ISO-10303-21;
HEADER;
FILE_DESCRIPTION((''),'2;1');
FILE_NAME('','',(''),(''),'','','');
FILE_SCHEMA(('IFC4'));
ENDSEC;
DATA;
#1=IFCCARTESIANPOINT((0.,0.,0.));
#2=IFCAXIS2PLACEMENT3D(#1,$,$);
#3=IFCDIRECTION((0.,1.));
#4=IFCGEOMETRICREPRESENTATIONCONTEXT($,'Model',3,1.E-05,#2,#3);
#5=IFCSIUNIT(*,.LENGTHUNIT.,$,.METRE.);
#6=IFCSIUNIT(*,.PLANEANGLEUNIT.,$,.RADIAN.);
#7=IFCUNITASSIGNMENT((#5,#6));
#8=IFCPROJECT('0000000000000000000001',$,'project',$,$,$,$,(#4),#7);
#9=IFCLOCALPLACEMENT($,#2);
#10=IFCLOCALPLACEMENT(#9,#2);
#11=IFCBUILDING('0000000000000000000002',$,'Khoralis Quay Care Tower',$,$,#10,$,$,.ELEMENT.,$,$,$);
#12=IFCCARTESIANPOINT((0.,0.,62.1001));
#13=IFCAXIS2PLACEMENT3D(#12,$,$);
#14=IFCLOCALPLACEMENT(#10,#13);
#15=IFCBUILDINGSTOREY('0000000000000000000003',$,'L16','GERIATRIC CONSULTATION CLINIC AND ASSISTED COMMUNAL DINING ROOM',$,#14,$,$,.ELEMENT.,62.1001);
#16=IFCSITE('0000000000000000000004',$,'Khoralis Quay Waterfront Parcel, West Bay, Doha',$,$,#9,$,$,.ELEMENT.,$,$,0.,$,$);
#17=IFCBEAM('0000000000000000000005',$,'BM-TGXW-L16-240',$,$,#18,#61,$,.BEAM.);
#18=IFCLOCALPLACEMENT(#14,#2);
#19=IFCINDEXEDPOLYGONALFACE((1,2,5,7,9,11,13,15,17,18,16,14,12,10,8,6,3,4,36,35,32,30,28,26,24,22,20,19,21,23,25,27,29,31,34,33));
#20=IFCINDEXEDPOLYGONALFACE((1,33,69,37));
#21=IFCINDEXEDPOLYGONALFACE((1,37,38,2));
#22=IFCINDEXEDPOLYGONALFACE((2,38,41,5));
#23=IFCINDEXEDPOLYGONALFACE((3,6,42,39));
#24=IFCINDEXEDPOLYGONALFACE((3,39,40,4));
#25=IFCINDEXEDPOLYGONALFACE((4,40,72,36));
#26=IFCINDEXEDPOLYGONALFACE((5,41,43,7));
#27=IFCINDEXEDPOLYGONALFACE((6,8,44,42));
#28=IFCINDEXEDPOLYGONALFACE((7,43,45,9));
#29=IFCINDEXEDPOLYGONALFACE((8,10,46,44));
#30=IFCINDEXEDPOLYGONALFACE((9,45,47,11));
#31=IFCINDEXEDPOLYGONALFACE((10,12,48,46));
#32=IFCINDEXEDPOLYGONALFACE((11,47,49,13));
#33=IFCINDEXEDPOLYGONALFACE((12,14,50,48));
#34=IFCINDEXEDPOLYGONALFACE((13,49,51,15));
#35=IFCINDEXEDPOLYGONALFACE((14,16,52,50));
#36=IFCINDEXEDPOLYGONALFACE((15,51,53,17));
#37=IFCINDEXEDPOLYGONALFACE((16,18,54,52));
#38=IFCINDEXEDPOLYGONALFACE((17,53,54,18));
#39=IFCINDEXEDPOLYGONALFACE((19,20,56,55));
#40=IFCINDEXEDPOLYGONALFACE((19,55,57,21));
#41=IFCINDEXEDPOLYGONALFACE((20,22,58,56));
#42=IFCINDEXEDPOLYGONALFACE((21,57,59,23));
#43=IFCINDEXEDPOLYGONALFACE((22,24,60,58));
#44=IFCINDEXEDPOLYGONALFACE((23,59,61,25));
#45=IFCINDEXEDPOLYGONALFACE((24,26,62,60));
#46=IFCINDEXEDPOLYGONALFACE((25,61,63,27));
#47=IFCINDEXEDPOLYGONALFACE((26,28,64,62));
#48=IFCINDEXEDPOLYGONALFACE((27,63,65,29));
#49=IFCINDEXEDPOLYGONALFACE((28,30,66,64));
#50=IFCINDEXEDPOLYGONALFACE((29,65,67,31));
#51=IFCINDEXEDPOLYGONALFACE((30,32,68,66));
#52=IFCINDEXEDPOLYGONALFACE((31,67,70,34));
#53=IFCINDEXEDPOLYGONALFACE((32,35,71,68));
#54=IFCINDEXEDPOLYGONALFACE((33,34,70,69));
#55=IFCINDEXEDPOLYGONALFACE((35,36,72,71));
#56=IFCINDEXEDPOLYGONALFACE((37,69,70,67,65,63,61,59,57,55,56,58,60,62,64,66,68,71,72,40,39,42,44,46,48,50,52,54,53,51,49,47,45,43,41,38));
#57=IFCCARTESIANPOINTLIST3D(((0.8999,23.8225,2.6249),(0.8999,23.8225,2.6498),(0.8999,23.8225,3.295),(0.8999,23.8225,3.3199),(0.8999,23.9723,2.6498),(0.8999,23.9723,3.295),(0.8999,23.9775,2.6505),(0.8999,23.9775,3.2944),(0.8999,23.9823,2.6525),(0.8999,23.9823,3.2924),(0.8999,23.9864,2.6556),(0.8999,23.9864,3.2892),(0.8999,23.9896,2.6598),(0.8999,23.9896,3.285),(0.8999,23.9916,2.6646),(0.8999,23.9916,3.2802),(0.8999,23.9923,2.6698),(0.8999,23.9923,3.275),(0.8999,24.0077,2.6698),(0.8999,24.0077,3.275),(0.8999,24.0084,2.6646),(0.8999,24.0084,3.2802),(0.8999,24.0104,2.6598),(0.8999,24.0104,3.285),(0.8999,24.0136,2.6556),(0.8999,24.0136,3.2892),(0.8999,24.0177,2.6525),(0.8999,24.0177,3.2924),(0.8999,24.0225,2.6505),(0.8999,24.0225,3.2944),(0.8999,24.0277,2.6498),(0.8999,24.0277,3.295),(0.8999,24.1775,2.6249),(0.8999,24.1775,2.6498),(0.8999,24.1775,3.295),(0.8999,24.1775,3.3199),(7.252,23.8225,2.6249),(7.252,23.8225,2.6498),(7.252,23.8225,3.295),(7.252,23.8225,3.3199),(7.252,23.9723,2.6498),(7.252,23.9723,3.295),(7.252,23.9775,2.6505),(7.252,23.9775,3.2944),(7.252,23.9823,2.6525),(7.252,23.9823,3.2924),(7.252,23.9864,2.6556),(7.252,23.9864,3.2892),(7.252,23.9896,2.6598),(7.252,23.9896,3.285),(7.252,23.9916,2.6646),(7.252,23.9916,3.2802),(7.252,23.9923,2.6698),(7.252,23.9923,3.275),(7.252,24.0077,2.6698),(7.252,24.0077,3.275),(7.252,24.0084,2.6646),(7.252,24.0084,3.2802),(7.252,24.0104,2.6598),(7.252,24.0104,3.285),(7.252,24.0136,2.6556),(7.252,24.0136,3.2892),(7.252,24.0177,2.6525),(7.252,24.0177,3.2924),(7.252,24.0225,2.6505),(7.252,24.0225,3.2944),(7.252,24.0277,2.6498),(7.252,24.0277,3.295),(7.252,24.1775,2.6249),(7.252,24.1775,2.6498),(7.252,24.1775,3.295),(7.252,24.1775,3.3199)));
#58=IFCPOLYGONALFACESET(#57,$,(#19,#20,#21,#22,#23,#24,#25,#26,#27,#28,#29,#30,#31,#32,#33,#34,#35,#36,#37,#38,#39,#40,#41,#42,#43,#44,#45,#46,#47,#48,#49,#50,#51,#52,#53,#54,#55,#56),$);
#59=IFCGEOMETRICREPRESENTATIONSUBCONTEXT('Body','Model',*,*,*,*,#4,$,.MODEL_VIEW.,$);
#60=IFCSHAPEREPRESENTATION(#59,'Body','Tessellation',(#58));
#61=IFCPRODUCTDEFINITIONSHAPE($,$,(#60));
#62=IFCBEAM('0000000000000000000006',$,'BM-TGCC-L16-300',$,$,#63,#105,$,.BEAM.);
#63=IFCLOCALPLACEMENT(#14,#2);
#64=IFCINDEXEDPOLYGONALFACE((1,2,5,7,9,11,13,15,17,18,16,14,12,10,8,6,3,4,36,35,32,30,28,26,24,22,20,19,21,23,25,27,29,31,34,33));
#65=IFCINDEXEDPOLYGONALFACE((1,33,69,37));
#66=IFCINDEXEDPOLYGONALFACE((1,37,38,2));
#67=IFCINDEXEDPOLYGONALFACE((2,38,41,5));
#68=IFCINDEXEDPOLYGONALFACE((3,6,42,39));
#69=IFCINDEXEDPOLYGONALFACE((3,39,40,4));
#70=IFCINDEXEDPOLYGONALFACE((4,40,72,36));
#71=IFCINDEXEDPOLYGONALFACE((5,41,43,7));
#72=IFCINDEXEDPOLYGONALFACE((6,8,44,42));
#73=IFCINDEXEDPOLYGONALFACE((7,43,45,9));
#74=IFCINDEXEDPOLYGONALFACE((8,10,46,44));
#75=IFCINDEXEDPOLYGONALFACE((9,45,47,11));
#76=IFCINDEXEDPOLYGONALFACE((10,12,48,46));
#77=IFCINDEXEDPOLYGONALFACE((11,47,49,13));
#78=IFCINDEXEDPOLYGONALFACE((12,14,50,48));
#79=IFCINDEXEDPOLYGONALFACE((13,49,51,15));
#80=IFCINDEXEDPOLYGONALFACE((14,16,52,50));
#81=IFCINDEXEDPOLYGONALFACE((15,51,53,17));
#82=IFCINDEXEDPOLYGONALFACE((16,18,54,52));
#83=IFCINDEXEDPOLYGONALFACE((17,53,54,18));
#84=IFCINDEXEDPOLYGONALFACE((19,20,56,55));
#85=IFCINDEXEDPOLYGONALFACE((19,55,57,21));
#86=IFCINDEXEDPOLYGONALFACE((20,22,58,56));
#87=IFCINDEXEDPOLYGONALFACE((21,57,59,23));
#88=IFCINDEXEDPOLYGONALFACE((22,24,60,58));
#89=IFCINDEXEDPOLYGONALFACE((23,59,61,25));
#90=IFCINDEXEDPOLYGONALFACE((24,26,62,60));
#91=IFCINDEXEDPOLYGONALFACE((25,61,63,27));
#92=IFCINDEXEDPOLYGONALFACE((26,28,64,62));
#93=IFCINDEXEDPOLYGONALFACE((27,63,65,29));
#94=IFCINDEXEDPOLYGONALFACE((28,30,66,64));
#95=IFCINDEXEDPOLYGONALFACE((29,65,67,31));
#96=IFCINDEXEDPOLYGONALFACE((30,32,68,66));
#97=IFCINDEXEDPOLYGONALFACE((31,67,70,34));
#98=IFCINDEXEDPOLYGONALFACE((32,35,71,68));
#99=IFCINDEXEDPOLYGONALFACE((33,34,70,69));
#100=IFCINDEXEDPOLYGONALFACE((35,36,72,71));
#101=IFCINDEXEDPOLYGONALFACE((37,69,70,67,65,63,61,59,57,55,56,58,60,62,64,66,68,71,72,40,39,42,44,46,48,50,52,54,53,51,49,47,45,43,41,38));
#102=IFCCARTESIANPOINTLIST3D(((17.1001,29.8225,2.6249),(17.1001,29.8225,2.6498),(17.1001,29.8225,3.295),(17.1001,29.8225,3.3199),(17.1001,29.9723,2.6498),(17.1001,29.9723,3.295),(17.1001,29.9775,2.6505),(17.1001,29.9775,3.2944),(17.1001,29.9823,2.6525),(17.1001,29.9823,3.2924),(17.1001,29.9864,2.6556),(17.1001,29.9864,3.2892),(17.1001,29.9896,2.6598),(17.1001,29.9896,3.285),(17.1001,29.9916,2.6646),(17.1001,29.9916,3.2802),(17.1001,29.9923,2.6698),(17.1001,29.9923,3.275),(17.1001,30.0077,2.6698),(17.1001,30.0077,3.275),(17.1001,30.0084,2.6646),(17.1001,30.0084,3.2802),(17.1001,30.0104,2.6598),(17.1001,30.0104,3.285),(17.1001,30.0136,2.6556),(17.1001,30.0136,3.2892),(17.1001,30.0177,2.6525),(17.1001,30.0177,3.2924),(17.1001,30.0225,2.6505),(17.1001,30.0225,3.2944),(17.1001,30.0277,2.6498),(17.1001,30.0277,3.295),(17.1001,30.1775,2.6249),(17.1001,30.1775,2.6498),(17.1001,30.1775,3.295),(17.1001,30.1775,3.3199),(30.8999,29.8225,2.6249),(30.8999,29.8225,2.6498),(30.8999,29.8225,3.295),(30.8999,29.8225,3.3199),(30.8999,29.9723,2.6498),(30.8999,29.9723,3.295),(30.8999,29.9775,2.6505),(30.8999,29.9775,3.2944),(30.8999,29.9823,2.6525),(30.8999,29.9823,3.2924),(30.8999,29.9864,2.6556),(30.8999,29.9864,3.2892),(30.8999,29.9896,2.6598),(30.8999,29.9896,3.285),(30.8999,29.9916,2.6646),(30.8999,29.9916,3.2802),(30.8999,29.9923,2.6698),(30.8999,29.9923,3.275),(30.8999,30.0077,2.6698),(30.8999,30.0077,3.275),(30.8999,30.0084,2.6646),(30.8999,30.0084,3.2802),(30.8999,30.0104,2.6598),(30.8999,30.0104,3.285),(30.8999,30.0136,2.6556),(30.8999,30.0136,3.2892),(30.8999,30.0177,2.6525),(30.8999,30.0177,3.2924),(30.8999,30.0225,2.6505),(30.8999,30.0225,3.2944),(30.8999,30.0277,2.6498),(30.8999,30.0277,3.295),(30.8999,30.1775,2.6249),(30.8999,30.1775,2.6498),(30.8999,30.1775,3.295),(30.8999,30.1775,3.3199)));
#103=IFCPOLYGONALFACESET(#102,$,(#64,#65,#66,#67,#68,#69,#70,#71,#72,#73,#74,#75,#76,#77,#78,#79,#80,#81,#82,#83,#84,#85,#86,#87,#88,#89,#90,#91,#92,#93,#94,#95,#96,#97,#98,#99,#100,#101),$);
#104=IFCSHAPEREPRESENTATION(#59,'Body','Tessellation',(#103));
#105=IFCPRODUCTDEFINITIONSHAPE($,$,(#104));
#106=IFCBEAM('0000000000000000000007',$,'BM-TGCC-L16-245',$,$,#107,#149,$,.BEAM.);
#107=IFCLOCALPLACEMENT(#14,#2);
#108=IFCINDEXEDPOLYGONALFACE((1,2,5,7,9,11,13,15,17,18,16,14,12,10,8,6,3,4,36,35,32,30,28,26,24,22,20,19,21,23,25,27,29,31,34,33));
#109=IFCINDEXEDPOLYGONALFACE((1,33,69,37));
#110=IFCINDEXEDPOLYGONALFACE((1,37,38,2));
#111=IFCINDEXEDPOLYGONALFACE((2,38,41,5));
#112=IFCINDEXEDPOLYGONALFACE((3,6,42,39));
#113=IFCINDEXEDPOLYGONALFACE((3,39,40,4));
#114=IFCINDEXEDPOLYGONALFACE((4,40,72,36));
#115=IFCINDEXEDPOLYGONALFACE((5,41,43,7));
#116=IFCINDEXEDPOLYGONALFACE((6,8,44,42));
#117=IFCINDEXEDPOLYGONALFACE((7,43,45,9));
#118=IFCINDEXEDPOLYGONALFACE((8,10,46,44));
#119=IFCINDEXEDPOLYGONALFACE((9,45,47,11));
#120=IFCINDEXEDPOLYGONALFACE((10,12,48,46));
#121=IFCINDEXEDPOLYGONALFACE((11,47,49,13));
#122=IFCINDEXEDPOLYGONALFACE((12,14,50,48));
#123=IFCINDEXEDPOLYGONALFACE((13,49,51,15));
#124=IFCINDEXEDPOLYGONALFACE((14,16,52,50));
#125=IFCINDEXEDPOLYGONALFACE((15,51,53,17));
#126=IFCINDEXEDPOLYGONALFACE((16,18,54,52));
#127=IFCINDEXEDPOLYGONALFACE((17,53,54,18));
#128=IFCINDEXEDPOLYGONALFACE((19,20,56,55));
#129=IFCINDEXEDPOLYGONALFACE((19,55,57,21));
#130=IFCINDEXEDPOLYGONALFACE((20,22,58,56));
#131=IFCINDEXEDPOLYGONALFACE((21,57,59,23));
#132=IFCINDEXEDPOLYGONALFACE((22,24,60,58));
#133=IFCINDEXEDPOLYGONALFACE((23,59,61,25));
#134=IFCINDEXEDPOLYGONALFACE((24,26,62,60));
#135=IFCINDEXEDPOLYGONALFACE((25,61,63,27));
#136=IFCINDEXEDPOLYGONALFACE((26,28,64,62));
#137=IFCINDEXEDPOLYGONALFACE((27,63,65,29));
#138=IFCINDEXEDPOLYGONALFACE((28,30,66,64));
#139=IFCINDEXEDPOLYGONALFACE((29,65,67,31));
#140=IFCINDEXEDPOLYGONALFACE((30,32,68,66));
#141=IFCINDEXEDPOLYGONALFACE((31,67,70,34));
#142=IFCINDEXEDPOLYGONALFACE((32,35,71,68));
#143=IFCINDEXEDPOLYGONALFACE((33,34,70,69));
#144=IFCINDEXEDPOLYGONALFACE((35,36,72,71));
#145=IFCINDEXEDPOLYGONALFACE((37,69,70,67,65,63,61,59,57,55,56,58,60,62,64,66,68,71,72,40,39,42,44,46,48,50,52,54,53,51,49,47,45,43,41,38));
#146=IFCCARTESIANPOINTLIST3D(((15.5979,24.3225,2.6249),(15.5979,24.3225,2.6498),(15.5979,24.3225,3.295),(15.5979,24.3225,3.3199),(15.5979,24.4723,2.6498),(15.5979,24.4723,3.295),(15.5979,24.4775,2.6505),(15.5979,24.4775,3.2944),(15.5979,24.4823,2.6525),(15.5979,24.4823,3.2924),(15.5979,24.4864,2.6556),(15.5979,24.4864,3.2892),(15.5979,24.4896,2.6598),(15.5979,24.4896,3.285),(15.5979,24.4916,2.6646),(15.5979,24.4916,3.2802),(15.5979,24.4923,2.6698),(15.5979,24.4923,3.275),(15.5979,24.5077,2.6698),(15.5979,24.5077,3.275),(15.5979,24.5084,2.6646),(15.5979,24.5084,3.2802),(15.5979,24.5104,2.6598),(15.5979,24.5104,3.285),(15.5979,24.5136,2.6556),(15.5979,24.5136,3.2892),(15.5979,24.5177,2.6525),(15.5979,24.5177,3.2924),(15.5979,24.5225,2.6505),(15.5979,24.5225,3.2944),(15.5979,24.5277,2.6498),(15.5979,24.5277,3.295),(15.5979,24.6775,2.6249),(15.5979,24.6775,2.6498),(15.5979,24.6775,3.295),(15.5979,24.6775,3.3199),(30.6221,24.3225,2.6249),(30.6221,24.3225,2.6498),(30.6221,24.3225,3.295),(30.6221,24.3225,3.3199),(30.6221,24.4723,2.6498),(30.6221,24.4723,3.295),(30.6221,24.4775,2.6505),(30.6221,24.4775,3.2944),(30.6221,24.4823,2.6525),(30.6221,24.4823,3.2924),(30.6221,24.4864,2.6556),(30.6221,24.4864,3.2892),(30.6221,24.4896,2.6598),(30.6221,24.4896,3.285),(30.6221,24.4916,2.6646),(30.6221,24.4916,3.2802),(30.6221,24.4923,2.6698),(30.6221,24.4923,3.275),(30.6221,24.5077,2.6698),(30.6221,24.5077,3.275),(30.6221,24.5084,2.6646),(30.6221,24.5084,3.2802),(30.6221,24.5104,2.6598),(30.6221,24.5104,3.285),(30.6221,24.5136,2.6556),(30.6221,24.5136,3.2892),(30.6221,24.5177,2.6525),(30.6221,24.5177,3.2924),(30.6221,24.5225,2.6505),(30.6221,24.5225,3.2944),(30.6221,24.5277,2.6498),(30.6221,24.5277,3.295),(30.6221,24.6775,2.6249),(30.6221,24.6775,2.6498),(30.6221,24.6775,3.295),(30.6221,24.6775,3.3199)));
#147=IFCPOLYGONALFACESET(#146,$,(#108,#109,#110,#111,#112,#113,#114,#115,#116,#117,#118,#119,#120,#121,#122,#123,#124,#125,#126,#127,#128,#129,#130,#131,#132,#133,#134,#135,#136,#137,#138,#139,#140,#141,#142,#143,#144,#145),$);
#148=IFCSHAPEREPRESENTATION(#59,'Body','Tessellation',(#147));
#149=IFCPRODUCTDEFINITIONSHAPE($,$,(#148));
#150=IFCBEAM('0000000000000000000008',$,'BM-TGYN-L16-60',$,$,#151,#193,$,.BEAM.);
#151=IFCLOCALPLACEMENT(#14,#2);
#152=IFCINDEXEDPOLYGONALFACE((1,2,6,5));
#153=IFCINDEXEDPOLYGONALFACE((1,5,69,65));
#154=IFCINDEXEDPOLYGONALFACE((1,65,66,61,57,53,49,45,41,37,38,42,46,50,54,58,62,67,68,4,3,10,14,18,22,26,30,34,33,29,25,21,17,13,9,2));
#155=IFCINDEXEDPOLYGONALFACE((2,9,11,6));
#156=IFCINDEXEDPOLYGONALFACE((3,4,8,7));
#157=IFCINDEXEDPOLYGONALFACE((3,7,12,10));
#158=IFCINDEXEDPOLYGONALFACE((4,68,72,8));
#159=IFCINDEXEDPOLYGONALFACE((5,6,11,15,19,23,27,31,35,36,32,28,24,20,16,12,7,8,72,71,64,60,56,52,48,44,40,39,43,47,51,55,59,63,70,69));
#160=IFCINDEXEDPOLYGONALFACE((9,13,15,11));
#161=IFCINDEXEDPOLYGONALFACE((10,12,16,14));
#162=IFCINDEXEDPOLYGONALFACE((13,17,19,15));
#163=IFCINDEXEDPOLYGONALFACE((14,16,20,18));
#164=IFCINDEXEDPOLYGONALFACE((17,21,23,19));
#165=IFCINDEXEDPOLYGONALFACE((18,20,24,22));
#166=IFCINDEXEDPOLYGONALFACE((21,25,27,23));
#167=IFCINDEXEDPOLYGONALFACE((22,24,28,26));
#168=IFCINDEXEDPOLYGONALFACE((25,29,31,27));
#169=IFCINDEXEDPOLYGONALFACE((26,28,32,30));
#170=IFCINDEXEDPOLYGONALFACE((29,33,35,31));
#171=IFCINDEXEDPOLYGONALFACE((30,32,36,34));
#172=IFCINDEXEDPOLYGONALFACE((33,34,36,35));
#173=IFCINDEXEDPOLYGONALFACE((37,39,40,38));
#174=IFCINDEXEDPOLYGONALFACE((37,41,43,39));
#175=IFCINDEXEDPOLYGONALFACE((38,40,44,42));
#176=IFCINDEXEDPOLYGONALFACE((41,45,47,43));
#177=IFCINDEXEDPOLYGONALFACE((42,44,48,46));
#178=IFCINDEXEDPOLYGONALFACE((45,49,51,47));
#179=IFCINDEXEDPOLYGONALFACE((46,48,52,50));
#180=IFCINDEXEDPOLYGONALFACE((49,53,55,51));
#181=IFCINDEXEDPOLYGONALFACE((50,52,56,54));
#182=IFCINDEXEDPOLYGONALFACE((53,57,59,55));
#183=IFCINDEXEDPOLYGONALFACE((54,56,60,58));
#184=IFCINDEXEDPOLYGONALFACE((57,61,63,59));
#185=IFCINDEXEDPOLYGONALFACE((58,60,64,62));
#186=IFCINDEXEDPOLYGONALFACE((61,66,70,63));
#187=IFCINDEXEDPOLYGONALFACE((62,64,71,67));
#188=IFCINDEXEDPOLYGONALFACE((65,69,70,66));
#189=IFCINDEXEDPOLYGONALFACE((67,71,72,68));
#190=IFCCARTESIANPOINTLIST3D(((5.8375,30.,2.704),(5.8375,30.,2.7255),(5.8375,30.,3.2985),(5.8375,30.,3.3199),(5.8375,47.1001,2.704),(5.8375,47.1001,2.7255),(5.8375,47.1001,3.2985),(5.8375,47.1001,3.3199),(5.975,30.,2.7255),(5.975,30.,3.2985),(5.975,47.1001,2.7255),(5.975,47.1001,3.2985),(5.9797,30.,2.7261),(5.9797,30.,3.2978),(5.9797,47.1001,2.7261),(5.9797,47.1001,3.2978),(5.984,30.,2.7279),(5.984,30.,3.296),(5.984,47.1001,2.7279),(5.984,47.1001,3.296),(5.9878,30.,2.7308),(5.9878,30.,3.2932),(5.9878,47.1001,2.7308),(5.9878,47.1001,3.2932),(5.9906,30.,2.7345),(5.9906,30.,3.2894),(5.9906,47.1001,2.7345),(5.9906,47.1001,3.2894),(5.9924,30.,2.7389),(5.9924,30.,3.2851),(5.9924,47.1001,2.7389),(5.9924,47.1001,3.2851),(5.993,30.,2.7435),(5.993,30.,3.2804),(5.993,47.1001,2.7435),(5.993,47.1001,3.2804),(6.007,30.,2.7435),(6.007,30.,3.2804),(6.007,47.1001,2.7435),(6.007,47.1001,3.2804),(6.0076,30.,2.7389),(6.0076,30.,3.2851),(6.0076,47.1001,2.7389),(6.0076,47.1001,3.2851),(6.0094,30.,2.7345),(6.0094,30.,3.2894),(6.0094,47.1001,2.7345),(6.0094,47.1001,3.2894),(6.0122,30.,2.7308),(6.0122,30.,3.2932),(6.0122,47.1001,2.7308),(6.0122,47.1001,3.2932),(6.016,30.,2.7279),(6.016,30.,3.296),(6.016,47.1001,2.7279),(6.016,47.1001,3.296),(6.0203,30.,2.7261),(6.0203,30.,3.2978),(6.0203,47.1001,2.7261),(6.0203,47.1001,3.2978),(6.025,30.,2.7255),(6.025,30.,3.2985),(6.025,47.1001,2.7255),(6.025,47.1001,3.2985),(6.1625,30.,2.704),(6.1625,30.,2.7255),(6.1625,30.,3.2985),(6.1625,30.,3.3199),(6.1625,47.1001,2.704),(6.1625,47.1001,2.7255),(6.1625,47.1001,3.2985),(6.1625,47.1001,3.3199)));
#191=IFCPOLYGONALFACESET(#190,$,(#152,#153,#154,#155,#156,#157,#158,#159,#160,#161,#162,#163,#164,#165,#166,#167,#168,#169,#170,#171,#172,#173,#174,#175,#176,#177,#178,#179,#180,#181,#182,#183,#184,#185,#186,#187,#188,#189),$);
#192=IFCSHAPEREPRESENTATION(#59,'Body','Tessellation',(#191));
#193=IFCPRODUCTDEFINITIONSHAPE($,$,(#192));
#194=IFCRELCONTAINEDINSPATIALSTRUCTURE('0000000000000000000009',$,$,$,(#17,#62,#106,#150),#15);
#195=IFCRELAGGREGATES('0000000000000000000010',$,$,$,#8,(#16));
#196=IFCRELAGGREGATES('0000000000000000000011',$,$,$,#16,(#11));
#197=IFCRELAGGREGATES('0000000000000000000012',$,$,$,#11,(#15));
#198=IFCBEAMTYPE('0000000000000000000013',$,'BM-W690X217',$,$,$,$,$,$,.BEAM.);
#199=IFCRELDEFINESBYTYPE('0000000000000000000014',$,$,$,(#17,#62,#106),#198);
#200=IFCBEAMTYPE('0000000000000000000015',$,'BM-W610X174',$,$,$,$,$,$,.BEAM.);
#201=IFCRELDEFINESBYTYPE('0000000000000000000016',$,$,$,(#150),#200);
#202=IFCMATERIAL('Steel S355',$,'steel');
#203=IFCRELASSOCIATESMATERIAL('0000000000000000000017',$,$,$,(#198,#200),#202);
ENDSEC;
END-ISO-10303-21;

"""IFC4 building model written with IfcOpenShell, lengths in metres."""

from ifc_helpers import new_model, si_unit, direction, frame, origin, origin_2d, place, context, subcontext, project, spatial, i_section, extrude, source, transform, mapped, material, material_profile, profile_set, type_object, element, save


model = new_model("IFC4")

# Units and contexts
model_context = context("Model", 3, precision=1e-05, world=origin(), true_north=direction((0.0, 1.0)))
body_context = subcontext(model_context, "Body", "Model", "MODEL_VIEW")
ifc_project = project(units=[si_unit("LENGTHUNIT", "METRE"), si_unit("PLANEANGLEUNIT", "RADIAN")], contexts=[model_context])

# Site, building, storey
site_placement = place(None, origin())
site = spatial("IfcSite", under=ifc_project, at=site_placement, Name="Khoralis Quay Waterfront Parcel, West Bay, Doha", CompositionType="ELEMENT", RefElevation=0.0)
building_placement = place(site_placement, origin())
building = spatial("IfcBuilding", under=site, at=building_placement, Name="Khoralis Quay Care Tower", CompositionType="ELEMENT")
storey_placement = place(building_placement, frame((0.0, 0.0, 62.1001)))
storey = spatial("IfcBuildingStorey", under=building, at=storey_placement, Name="L16", Description="GERIATRIC CONSULTATION CLINIC AND ASSISTED COMMUNAL DINING ROOM", CompositionType="ELEMENT", Elevation=62.1001)

# Beams
ifc_material_1 = material(Name="Steel S355", Category="steel")
ifc_material_profile_1 = material_profile(ifc_material_1, i_section(OverallWidth=0.355, OverallDepth=0.6951, WebThickness=0.0154, FlangeThickness=0.0249, FilletRadius=0.02, at=origin_2d()), Name="Steel S355")
ifc_profile_set_1 = profile_set([ifc_material_profile_1], Name="Steel S355")
beam_type_1 = type_object("IfcBeamType", Name="BM-W690X217", PredefinedType="BEAM", material=ifc_profile_set_1)
shared_shape_1 = source(origin(), body_context, "Body", "SweptSolid", [
    extrude(i_section(OverallWidth=0.355, OverallDepth=0.6951, WebThickness=0.0154, FlangeThickness=0.0249, FilletRadius=0.02, at=origin_2d()), origin(), (0.0, 0.0, 1.0), 6.3521),
])
beam_1_placement = place(storey_placement, frame((0.8999, 24.0, 2.9724), z_axis=(1.0, 0.0, 0.0), x_axis=(0.0, 1.0, 0.0)))
element("IfcBeam", 1, at=beam_1_placement, inside=storey, type_object=beam_type_1, Name="BM-TGXW-L16-240", PredefinedType="BEAM", context=body_context, shape_type="MappedRepresentation", body=[
    mapped(shared_shape_1, transform((0.0, 0.0, 0.0), scale=1.0)),
])
shared_shape_2 = source(origin(), body_context, "Body", "SweptSolid", [
    extrude(i_section(OverallWidth=0.355, OverallDepth=0.6951, WebThickness=0.0154, FlangeThickness=0.0249, FilletRadius=0.02, at=origin_2d()), origin(), (0.0, 0.0, 1.0), 13.7998),
])
beam_2_placement = place(storey_placement, frame((17.1001, 30.0, 2.9724), z_axis=(1.0, 0.0, 0.0), x_axis=(0.0, 1.0, 0.0)))
element("IfcBeam", 2, at=beam_2_placement, inside=storey, type_object=beam_type_1, Name="BM-TGCC-L16-300", PredefinedType="BEAM", context=body_context, shape_type="MappedRepresentation", body=[
    mapped(shared_shape_2, transform((0.0, 0.0, 0.0), scale=1.0)),
])
shared_shape_3 = source(origin(), body_context, "Body", "SweptSolid", [
    extrude(i_section(OverallWidth=0.355, OverallDepth=0.6951, WebThickness=0.0154, FlangeThickness=0.0249, FilletRadius=0.02, at=origin_2d()), origin(), (0.0, 0.0, 1.0), 15.0242),
])
beam_3_placement = place(storey_placement, frame((15.5979, 24.5, 2.9724), z_axis=(1.0, 0.0, 0.0), x_axis=(0.0, 1.0, 0.0)))
element("IfcBeam", 3, at=beam_3_placement, inside=storey, type_object=beam_type_1, Name="BM-TGCC-L16-245", PredefinedType="BEAM", context=body_context, shape_type="MappedRepresentation", body=[
    mapped(shared_shape_3, transform((0.0, 0.0, 0.0), scale=1.0)),
])
ifc_material_profile_2 = material_profile(ifc_material_1, i_section(OverallWidth=0.325, OverallDepth=0.616, WebThickness=0.0139, FlangeThickness=0.0215, FilletRadius=0.0181, at=origin_2d()), Name="Steel S355")
ifc_profile_set_2 = profile_set([ifc_material_profile_2], Name="Steel S355")
beam_type_2 = type_object("IfcBeamType", Name="BM-W610X174", PredefinedType="BEAM", material=ifc_profile_set_2)
shared_shape_4 = source(origin(), body_context, "Body", "SweptSolid", [
    extrude(i_section(OverallWidth=0.325, OverallDepth=0.616, WebThickness=0.0139, FlangeThickness=0.0215, FilletRadius=0.0181, at=origin_2d()), origin(), (0.0, 0.0, 1.0), 17.1001),
])
for number, where, z_axis, x_axis, name in (
    (4, (6.0, 30.0, 3.012), (0.0, 1.0, 0.0), (-1.0, 0.0, 0.0), "BM-TGYN-L16-60"),
):
    element("IfcBeam", number, at=place(storey_placement, frame(where, z_axis=z_axis, x_axis=x_axis)), inside=storey, type_object=beam_type_2, Name=name, PredefinedType="BEAM", context=body_context, shape_type="MappedRepresentation", body=[
        mapped(shared_shape_4, transform((0.0, 0.0, 0.0), scale=1.0)),
    ])

save(model, "model.ifc")
